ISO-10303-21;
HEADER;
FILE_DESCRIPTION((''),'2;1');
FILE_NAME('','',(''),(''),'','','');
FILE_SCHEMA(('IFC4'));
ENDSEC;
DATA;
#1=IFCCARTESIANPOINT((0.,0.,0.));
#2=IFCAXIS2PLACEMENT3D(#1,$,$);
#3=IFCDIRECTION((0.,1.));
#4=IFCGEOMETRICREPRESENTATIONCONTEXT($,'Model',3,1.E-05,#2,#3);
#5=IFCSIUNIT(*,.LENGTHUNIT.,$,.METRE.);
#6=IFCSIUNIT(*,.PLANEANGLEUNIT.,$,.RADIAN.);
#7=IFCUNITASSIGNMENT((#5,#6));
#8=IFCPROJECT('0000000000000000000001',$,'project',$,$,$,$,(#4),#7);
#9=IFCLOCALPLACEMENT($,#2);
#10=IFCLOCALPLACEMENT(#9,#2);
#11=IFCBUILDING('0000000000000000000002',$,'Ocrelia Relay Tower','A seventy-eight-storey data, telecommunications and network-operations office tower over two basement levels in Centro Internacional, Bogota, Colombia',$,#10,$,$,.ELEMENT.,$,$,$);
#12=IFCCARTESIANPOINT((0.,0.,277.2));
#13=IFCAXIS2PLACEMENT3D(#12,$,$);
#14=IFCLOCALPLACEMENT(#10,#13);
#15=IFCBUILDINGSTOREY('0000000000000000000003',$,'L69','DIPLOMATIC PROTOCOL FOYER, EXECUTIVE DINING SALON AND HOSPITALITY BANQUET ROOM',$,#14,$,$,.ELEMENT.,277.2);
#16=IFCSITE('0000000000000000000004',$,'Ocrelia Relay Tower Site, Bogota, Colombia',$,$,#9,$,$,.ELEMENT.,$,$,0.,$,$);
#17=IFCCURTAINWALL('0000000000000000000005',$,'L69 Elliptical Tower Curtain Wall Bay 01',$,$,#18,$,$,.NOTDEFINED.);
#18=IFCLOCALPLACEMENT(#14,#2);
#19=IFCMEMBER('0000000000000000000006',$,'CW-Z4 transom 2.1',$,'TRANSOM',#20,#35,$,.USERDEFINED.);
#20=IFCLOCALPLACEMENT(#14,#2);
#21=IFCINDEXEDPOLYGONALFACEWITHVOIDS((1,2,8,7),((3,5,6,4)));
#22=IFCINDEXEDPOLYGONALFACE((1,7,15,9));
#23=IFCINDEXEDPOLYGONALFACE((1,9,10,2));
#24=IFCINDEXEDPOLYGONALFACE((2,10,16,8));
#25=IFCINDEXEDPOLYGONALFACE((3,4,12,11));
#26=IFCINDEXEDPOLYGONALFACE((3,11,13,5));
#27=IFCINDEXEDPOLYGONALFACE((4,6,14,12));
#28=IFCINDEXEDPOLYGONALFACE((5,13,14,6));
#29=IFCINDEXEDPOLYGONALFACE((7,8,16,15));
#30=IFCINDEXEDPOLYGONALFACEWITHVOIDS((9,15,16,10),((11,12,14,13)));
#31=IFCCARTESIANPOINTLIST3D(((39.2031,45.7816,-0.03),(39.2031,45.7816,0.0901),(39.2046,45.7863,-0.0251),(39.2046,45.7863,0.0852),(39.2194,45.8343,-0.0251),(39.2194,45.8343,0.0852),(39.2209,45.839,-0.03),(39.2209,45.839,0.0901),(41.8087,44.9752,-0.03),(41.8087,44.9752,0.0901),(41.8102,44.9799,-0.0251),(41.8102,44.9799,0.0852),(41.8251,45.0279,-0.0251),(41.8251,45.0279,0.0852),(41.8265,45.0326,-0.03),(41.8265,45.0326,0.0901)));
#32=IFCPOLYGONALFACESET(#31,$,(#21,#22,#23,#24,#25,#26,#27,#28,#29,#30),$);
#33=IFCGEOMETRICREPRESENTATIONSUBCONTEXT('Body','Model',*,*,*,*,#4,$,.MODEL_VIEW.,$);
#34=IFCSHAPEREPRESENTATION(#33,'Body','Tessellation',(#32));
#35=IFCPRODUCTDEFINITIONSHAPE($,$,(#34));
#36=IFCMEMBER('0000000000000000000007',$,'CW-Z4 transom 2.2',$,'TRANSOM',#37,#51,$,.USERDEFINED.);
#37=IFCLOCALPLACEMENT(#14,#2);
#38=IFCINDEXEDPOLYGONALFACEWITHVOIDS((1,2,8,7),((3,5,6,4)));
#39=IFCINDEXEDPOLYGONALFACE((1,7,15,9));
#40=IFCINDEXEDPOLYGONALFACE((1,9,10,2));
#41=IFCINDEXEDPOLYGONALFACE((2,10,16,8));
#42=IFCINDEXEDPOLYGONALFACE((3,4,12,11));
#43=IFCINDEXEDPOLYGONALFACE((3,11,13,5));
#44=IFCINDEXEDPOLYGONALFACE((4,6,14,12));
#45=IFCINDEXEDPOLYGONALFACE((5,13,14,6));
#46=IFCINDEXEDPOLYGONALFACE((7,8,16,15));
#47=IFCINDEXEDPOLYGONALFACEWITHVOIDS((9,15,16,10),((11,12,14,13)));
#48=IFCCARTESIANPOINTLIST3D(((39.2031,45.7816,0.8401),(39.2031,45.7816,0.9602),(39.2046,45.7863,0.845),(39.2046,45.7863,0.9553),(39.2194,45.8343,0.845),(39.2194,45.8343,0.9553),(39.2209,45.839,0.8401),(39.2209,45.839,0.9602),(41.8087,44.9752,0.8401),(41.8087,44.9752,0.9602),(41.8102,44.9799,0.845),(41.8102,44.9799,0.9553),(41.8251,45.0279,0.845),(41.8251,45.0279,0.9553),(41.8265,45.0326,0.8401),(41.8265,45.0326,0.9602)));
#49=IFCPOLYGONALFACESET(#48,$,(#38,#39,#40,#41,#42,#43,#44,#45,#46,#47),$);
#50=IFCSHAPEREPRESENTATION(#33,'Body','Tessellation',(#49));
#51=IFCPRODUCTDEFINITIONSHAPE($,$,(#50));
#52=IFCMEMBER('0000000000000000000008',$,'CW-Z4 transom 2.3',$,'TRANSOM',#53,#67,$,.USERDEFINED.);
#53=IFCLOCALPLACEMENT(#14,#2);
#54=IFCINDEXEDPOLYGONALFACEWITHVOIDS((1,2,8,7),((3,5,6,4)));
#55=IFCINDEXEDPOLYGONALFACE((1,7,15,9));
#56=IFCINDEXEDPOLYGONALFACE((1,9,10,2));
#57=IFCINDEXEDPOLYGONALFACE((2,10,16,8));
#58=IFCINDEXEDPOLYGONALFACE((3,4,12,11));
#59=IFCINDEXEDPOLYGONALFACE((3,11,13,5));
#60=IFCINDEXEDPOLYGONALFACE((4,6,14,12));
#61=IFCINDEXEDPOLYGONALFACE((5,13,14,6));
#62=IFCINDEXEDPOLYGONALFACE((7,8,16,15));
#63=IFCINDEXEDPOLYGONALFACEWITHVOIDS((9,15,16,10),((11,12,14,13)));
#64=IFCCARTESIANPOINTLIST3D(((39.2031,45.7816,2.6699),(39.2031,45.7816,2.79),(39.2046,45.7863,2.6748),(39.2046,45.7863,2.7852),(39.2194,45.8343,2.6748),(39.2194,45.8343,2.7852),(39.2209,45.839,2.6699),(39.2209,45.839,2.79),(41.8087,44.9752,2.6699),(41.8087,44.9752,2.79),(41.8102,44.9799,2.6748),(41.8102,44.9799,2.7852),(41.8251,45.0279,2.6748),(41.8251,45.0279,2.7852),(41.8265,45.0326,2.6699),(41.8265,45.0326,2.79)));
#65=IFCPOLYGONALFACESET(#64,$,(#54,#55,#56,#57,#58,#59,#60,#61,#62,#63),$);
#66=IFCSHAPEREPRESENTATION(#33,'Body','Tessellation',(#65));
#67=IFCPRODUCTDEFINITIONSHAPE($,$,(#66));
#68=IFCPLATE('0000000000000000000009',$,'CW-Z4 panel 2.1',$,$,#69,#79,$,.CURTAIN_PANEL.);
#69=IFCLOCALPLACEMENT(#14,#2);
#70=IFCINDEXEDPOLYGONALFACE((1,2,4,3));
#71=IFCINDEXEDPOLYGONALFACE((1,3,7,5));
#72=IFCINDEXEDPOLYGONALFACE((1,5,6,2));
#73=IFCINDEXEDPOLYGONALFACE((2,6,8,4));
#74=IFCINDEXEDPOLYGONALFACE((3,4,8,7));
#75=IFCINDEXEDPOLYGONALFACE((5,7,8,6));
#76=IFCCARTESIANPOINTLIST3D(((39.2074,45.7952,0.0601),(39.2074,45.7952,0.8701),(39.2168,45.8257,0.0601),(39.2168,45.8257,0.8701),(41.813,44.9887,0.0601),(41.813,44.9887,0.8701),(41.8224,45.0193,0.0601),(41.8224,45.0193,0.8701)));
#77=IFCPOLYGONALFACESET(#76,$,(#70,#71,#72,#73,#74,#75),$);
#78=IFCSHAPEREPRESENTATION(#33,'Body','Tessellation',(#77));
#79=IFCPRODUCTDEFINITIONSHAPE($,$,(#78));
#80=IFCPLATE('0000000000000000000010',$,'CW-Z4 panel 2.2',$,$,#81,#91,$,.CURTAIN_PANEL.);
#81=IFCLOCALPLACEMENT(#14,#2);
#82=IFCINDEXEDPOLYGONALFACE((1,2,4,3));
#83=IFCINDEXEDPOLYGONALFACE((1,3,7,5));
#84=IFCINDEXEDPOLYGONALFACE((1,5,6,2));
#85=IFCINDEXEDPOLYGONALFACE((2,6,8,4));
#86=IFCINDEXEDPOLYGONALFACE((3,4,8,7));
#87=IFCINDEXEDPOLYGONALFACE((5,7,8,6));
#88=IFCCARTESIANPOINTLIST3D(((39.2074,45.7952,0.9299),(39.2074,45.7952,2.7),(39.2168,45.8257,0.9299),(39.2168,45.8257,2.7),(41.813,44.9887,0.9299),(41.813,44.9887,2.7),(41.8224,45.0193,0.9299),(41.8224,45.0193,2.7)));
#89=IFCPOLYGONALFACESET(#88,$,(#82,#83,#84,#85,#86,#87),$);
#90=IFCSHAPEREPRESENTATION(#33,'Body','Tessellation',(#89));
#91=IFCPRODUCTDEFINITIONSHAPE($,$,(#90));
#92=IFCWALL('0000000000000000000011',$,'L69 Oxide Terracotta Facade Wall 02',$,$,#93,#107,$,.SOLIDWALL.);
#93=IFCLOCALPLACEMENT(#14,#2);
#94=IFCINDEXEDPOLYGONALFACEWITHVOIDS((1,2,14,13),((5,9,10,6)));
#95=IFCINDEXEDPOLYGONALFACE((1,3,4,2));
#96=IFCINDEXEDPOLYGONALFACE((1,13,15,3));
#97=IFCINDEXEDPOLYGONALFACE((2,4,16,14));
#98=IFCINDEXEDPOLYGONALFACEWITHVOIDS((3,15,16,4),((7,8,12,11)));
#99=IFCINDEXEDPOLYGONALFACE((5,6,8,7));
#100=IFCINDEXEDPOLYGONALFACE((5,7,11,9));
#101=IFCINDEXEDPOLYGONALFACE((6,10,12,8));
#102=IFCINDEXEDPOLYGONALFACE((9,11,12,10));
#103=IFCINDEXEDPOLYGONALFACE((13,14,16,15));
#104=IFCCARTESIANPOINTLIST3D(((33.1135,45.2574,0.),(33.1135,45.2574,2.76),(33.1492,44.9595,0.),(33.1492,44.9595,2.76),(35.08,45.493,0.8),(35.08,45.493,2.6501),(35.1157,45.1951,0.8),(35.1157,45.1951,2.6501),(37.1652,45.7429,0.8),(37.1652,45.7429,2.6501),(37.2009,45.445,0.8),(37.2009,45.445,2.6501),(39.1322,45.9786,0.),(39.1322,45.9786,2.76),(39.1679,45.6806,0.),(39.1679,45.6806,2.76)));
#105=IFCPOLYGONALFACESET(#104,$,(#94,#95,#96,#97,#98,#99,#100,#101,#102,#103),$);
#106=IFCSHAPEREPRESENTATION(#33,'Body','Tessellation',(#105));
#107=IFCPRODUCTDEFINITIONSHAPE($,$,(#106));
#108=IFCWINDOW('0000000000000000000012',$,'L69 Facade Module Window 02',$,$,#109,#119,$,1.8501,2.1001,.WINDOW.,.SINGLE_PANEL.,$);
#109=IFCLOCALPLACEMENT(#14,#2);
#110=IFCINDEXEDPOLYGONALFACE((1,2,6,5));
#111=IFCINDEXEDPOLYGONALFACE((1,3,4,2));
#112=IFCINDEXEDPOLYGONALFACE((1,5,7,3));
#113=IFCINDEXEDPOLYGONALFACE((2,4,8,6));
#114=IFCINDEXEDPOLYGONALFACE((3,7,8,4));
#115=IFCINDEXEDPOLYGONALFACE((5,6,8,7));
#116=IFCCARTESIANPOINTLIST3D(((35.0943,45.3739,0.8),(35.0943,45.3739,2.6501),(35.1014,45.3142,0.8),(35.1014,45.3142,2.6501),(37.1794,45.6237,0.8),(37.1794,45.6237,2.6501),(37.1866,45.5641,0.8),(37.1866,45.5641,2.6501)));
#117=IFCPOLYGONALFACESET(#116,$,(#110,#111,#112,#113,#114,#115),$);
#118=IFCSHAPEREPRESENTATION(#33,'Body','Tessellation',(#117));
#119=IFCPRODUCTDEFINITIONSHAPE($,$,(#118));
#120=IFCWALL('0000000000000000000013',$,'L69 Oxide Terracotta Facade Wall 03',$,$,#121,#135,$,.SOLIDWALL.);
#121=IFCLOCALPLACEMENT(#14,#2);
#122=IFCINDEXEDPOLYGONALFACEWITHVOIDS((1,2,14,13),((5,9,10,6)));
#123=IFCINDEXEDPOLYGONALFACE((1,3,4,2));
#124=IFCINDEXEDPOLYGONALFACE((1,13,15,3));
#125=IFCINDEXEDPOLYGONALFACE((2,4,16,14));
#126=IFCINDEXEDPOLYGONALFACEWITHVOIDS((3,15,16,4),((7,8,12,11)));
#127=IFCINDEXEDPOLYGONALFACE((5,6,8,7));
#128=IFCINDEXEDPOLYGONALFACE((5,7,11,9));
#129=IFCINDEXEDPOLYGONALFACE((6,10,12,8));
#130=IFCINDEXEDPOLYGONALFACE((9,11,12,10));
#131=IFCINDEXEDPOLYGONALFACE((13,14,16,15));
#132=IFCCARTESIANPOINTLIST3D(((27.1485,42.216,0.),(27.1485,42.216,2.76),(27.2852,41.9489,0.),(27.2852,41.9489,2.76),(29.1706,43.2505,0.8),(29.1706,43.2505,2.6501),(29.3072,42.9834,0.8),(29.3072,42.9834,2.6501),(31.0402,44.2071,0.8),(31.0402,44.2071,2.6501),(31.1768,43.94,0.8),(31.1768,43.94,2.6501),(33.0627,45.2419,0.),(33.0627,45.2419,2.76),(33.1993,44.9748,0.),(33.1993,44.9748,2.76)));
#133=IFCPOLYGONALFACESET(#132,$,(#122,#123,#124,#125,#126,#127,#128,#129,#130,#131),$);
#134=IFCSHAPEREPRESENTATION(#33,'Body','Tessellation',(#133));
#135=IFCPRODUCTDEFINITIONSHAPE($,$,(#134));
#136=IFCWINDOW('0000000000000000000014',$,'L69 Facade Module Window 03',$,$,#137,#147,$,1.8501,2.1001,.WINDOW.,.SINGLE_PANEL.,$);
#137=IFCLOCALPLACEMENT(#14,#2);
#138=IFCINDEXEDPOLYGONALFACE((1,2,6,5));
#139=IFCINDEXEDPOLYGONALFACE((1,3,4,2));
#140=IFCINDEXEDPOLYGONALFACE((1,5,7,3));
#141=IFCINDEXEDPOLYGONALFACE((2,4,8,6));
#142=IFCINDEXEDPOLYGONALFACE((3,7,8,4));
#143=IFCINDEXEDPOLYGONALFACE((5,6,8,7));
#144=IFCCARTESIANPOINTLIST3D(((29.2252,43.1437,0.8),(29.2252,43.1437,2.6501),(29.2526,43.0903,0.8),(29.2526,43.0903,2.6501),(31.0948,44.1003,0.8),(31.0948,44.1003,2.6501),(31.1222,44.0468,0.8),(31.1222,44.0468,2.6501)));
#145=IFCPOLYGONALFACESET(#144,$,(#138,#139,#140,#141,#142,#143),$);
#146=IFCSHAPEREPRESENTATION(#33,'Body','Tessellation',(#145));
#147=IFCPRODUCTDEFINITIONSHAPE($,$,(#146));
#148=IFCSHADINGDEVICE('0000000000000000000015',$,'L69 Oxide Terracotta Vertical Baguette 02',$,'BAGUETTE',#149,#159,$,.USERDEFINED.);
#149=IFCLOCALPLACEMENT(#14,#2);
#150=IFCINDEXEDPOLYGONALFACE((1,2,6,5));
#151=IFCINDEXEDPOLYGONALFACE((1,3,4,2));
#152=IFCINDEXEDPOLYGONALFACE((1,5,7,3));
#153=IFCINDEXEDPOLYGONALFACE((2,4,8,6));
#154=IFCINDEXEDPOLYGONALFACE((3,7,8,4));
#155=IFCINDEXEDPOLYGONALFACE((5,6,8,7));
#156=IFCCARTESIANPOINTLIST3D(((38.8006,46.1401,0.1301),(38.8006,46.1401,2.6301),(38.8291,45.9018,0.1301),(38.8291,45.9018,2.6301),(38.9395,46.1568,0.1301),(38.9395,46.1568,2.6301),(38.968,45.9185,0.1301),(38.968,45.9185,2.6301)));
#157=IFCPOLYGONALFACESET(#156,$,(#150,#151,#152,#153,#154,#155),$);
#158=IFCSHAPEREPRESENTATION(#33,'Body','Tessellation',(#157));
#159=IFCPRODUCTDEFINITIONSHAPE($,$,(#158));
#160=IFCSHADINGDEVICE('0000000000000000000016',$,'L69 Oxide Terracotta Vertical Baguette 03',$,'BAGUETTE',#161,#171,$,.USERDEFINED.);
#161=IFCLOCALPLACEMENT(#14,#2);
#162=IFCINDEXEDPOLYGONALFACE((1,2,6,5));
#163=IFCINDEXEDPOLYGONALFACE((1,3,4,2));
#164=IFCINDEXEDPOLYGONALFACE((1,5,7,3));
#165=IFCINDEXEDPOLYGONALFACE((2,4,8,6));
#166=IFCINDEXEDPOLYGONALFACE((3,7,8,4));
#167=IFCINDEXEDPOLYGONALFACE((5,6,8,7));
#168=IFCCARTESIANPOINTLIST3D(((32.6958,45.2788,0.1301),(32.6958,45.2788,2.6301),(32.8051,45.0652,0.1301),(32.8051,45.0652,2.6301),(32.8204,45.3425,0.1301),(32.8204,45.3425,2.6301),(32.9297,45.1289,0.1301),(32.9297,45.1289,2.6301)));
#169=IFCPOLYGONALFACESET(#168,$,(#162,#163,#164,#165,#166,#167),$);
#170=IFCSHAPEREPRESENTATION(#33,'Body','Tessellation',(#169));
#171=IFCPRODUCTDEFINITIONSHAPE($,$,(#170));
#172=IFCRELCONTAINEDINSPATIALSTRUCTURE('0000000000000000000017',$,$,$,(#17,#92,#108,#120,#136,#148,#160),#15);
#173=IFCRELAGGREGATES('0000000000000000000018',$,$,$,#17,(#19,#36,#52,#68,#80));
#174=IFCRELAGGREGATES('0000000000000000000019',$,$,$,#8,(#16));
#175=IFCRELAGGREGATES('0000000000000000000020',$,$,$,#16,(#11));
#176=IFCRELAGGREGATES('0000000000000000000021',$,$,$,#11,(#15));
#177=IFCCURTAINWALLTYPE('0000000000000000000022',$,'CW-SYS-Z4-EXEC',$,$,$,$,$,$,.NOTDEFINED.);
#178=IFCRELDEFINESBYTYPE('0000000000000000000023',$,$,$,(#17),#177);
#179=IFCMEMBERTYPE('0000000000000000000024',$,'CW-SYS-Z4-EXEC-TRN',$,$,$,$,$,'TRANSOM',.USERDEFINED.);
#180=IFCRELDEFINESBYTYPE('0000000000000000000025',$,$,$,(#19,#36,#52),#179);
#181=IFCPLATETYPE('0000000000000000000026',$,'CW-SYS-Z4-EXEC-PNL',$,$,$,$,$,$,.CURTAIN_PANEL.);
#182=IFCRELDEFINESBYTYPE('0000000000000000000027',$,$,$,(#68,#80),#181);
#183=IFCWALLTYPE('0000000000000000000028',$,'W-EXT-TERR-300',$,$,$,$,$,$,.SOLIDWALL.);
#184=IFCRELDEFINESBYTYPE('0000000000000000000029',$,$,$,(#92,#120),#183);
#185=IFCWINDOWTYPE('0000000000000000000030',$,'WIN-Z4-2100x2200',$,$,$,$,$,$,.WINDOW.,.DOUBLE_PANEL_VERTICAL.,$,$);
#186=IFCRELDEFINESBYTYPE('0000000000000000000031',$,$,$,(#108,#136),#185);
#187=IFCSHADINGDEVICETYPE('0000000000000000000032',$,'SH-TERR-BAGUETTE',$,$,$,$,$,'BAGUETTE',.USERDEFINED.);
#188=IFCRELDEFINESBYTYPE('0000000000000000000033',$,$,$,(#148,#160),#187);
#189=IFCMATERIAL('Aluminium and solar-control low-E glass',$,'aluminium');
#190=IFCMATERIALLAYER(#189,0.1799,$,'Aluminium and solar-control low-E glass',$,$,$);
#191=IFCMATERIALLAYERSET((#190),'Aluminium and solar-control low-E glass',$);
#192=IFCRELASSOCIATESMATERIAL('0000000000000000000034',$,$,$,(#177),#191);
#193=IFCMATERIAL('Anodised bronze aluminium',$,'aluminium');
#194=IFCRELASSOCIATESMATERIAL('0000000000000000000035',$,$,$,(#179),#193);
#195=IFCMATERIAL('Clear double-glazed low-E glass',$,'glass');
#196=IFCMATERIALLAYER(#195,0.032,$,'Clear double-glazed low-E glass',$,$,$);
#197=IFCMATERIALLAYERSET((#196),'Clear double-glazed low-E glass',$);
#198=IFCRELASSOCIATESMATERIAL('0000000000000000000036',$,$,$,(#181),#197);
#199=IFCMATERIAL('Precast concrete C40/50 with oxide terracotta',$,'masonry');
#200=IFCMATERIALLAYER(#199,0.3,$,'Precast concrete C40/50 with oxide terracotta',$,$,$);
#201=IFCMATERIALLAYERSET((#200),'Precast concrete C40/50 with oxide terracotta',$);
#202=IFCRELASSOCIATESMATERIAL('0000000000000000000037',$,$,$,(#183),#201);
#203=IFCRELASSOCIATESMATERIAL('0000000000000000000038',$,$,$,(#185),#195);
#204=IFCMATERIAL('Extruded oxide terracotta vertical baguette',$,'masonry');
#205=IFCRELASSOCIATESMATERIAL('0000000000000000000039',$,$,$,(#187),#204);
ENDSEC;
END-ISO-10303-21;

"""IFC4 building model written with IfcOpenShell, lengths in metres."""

from ifc_helpers import new_model, si_unit, direction, frame, frame_2d, origin, origin_2d, place, context, subcontext, project, spatial, rectangle, hollow_rectangle, extrude, material, layer, layer_set, material_profile, profile_set, type_object, element, fill, aggregate, save


model = new_model("IFC4")

# Units and contexts
model_context = context("Model", 3, precision=1e-05, world=origin(), true_north=direction((0.0, 1.0)))
body_context = subcontext(model_context, "Body", "Model", "MODEL_VIEW")
ifc_project = project(units=[si_unit("LENGTHUNIT", "METRE"), si_unit("PLANEANGLEUNIT", "RADIAN")], contexts=[model_context])

# Site, building, storey
site_placement = place(None, origin())
site = spatial("IfcSite", under=ifc_project, at=site_placement, Name="Ocrelia Relay Tower Site, Bogota, Colombia", CompositionType="ELEMENT", RefElevation=0.0)
building_placement = place(site_placement, origin())
building = spatial("IfcBuilding", under=site, at=building_placement, Name="Ocrelia Relay Tower", Description="A seventy-eight-storey data, telecommunications and network-operations office tower over two basement levels in Centro Internacional, Bogota, Colombia", CompositionType="ELEMENT")
storey_placement = place(building_placement, frame((0.0, 0.0, 277.2)))
storey = spatial("IfcBuildingStorey", under=building, at=storey_placement, Name="L69", Description="DIPLOMATIC PROTOCOL FOYER, EXECUTIVE DINING SALON AND HOSPITALITY BANQUET ROOM", CompositionType="ELEMENT", Elevation=277.2)

# Curtain wall, members, plates
ifc_material_1 = material(Name="Aluminium and solar-control low-E glass", Category="aluminium")
ifc_layer_1 = layer(ifc_material_1, 0.1799, Name="Aluminium and solar-control low-E glass")
ifc_layer_set_1 = layer_set([ifc_layer_1], Name="Aluminium and solar-control low-E glass")
curtain_wall_type = type_object("IfcCurtainWallType", Name="CW-SYS-Z4-EXEC", PredefinedType="NOTDEFINED", material=ifc_layer_set_1)
curtain_wall_placement = place(storey_placement, origin())
curtain_wall = element("IfcCurtainWall", 1, at=curtain_wall_placement, inside=storey, type_object=curtain_wall_type, Name="L69 Elliptical Tower Curtain Wall Bay 01", PredefinedType="NOTDEFINED")
ifc_material_2 = material(Name="Anodised bronze aluminium", Category="aluminium")
ifc_material_profile_1 = material_profile(ifc_material_2, hollow_rectangle(XDim=0.0601, YDim=0.1201, WallThickness=0.0049, at=origin_2d()), Name="CW-TRN-120x60")
ifc_profile_set_1 = profile_set([ifc_material_profile_1], Name="Anodised bronze aluminium")
member_type_1 = type_object("IfcMemberType", Name="CW-SYS-Z4-EXEC-TRN", ElementType="TRANSOM", PredefinedType="USERDEFINED", material=ifc_profile_set_1)
member_1_placement = place(storey_placement, frame((41.8176, 45.0039, 0.03), z_axis=(-0.9553, 0.295639, 0.0), x_axis=(-0.295639, -0.9553, 0.0)))
member_1 = element("IfcMember", 2, at=member_1_placement, type_object=member_type_1, Name="CW-Z4 transom 2.1", ObjectType="TRANSOM", PredefinedType="USERDEFINED", context=body_context, shape_type="SweptSolid", body=[
    extrude(hollow_rectangle(XDim=0.0601, YDim=0.1201, WallThickness=0.0049, at=origin_2d()), origin(), (0.0, 0.0, 1.0), 2.7275),
])
member_2_placement = place(storey_placement, frame((41.8176, 45.0039, 0.9001), z_axis=(-0.9553, 0.295639, 0.0), x_axis=(-0.295639, -0.9553, 0.0)))
member_2 = element("IfcMember", 3, at=member_2_placement, type_object=member_type_1, Name="CW-Z4 transom 2.2", ObjectType="TRANSOM", PredefinedType="USERDEFINED", context=body_context, shape_type="SweptSolid", body=[
    extrude(hollow_rectangle(XDim=0.0601, YDim=0.1201, WallThickness=0.0049, at=origin_2d()), origin(), (0.0, 0.0, 1.0), 2.7275),
])
member_3_placement = place(storey_placement, frame((41.8176, 45.0039, 2.73), z_axis=(-0.9553, 0.295639, 0.0), x_axis=(-0.295639, -0.9553, 0.0)))
member_3 = element("IfcMember", 4, at=member_3_placement, type_object=member_type_1, Name="CW-Z4 transom 2.3", ObjectType="TRANSOM", PredefinedType="USERDEFINED", context=body_context, shape_type="SweptSolid", body=[
    extrude(hollow_rectangle(XDim=0.0601, YDim=0.1201, WallThickness=0.0049, at=origin_2d()), origin(), (0.0, 0.0, 1.0), 2.7275),
])
ifc_material_3 = material(Name="Clear double-glazed low-E glass", Category="glass")
ifc_layer_2 = layer(ifc_material_3, 0.032, Name="Clear double-glazed low-E glass")
ifc_layer_set_2 = layer_set([ifc_layer_2], Name="Clear double-glazed low-E glass")
plate_type = type_object("IfcPlateType", Name="CW-SYS-Z4-EXEC-PNL", PredefinedType="CURTAIN_PANEL", material=ifc_layer_set_2)
plate_1_placement = place(storey_placement, frame((40.5149, 45.4072, 0.0601), z_axis=(0.0, 0.0, 1.0), x_axis=(-0.955292, 0.295665, 0.0)))
plate_1 = element("IfcPlate", 5, at=plate_1_placement, type_object=plate_type, Name="CW-Z4 panel 2.1", PredefinedType="CURTAIN_PANEL", context=body_context, shape_type="SweptSolid", body=[
    extrude(rectangle(XDim=2.7275, YDim=0.032, at=origin_2d()), origin(), (0.0, 0.0, 1.0), 0.8101),
])
plate_2_placement = place(storey_placement, frame((40.5149, 45.4072, 0.9299), z_axis=(0.0, 0.0, 1.0), x_axis=(-0.955292, 0.295665, 0.0)))
plate_2 = element("IfcPlate", 6, at=plate_2_placement, type_object=plate_type, Name="CW-Z4 panel 2.2", PredefinedType="CURTAIN_PANEL", context=body_context, shape_type="SweptSolid", body=[
    extrude(rectangle(XDim=2.7275, YDim=0.032, at=origin_2d()), origin(), (0.0, 0.0, 1.0), 1.77),
])
aggregate(curtain_wall, [member_1, member_2, member_3, plate_1, plate_2])

# Walls, openings, windows
ifc_material_4 = material(Name="Precast concrete C40/50 with oxide terracotta", Category="masonry")
ifc_layer_3 = layer(ifc_material_4, 0.3, Name="Precast concrete C40/50 with oxide terracotta")
ifc_layer_set_3 = layer_set([ifc_layer_3], Name="Precast concrete C40/50 with oxide terracotta")
wall_type = type_object("IfcWallType", Name="W-EXT-TERR-300", PredefinedType="SOLIDWALL", material=ifc_layer_set_3)
wall_1_placement = place(storey_placement, frame((39.1499, 45.8296, 0.0), z_axis=(0.0, 0.0, 1.0), x_axis=(-0.992898, -0.118972, 0.0)))
wall_1 = element("IfcWall", 7, at=wall_1_placement, inside=storey, type_object=wall_type, Name="L69 Oxide Terracotta Facade Wall 02", PredefinedType="SOLIDWALL", context=body_context, shape_type="SweptSolid", body=[
    extrude(rectangle(XDim=6.0618, YDim=0.3, at=frame_2d((3.0308, 0.0))), origin(), (0.0, 0.0, 1.0), 2.76),
])
opening_1_placement = place(wall_1_placement, frame((1.981, 0.0, 0.8)))
opening_1 = element("IfcOpeningElement", 8, at=opening_1_placement, cuts=wall_1, PredefinedType="OPENING", context=body_context, shape_type="SweptSolid", body=[
    extrude(rectangle(XDim=2.1001, YDim=1.8501, at=frame_2d((1.05, 0.925))), frame((0.0, 0.1602, 0.0), z_axis=(0.0, -1.0, 0.0), x_axis=(1.0, 0.0, 0.0)), (0.0, 0.0, 1.0), 0.3201),
])
window_type = type_object("IfcWindowType", Name="WIN-Z4-2100x2200", PartitioningType="DOUBLE_PANEL_VERTICAL", PredefinedType="WINDOW", material=ifc_material_3)
window_1_placement = place(opening_1_placement, origin())
window_1 = element("IfcWindow", 9, at=window_1_placement, inside=storey, type_object=window_type, Name="L69 Facade Module Window 02", OverallHeight=1.8501, OverallWidth=2.1001, PartitioningType="SINGLE_PANEL", PredefinedType="WINDOW", context=body_context, shape_type="SweptSolid", body=[
    extrude(rectangle(XDim=2.1001, YDim=1.8501, at=frame_2d((1.05, 0.925))), frame((0.0, 0.03, 0.0), z_axis=(0.0, -1.0, 0.0), x_axis=(1.0, 0.0, 0.0)), (0.0, 0.0, 1.0), 0.0601),
])
fill(opening_1, window_1)
wall_2_placement = place(storey_placement, frame((33.1311, 45.1084, 0.0), z_axis=(0.0, 0.0, 1.0), x_axis=(-0.890243, -0.455485, 0.0)))
wall_2 = element("IfcWall", 10, at=wall_2_placement, inside=storey, type_object=wall_type, Name="L69 Oxide Terracotta Facade Wall 03", PredefinedType="SOLIDWALL", context=body_context, shape_type="SweptSolid", body=[
    extrude(rectangle(XDim=6.6433, YDim=0.3, at=frame_2d((3.3218, 0.0))), origin(), (0.0, 0.0, 1.0), 2.76),
])
opening_2_placement = place(wall_2_placement, frame((2.272, 0.0, 0.8)))
opening_2 = element("IfcOpeningElement", 11, at=opening_2_placement, cuts=wall_2, PredefinedType="OPENING", context=body_context, shape_type="SweptSolid", body=[
    extrude(rectangle(XDim=2.1001, YDim=1.8501, at=frame_2d((1.05, 0.925))), frame((0.0, 0.1602, 0.0), z_axis=(0.0, -1.0, 0.0), x_axis=(1.0, 0.0, 0.0)), (0.0, 0.0, 1.0), 0.3201),
])
window_2_placement = place(opening_2_placement, origin())
window_2 = element("IfcWindow", 12, at=window_2_placement, inside=storey, type_object=window_type, Name="L69 Facade Module Window 03", OverallHeight=1.8501, OverallWidth=2.1001, PartitioningType="SINGLE_PANEL", PredefinedType="WINDOW", context=body_context, shape_type="SweptSolid", body=[
    extrude(rectangle(XDim=2.1001, YDim=1.8501, at=frame_2d((1.05, 0.925))), frame((0.0, 0.03, 0.0), z_axis=(0.0, -1.0, 0.0), x_axis=(1.0, 0.0, 0.0)), (0.0, 0.0, 1.0), 0.0601),
])
fill(opening_2, window_2)

# Shading devices
ifc_material_5 = material(Name="Extruded oxide terracotta vertical baguette", Category="masonry")
shading_device_type_1 = type_object("IfcShadingDeviceType", Name="SH-TERR-BAGUETTE", ElementType="BAGUETTE", PredefinedType="USERDEFINED", material=ifc_material_5)
for number, where, z_axis, x_axis, name in (
    (13, (38.8843, 46.0293, 0.1301), (0.0, 0.0, 1.0), (-0.992899, -0.118957, 0.0), "L69 Oxide Terracotta Vertical Baguette 02"),
    (14, (32.8127, 45.2039, 0.1301), (0.0, 0.0, 1.0), (-0.89024, -0.455492, 0.0), "L69 Oxide Terracotta Vertical Baguette 03"),
):
    element("IfcShadingDevice", number, at=place(storey_placement, frame(where, z_axis=z_axis, x_axis=x_axis)), inside=storey, type_object=shading_device_type_1, Name=name, ObjectType="BAGUETTE", PredefinedType="USERDEFINED", context=body_context, shape_type="SweptSolid", body=[
        extrude(rectangle(XDim=0.1399, YDim=0.24, at=origin_2d()), origin(), (0.0, 0.0, 1.0), 2.5),
    ])

save(model, "model.ifc")
